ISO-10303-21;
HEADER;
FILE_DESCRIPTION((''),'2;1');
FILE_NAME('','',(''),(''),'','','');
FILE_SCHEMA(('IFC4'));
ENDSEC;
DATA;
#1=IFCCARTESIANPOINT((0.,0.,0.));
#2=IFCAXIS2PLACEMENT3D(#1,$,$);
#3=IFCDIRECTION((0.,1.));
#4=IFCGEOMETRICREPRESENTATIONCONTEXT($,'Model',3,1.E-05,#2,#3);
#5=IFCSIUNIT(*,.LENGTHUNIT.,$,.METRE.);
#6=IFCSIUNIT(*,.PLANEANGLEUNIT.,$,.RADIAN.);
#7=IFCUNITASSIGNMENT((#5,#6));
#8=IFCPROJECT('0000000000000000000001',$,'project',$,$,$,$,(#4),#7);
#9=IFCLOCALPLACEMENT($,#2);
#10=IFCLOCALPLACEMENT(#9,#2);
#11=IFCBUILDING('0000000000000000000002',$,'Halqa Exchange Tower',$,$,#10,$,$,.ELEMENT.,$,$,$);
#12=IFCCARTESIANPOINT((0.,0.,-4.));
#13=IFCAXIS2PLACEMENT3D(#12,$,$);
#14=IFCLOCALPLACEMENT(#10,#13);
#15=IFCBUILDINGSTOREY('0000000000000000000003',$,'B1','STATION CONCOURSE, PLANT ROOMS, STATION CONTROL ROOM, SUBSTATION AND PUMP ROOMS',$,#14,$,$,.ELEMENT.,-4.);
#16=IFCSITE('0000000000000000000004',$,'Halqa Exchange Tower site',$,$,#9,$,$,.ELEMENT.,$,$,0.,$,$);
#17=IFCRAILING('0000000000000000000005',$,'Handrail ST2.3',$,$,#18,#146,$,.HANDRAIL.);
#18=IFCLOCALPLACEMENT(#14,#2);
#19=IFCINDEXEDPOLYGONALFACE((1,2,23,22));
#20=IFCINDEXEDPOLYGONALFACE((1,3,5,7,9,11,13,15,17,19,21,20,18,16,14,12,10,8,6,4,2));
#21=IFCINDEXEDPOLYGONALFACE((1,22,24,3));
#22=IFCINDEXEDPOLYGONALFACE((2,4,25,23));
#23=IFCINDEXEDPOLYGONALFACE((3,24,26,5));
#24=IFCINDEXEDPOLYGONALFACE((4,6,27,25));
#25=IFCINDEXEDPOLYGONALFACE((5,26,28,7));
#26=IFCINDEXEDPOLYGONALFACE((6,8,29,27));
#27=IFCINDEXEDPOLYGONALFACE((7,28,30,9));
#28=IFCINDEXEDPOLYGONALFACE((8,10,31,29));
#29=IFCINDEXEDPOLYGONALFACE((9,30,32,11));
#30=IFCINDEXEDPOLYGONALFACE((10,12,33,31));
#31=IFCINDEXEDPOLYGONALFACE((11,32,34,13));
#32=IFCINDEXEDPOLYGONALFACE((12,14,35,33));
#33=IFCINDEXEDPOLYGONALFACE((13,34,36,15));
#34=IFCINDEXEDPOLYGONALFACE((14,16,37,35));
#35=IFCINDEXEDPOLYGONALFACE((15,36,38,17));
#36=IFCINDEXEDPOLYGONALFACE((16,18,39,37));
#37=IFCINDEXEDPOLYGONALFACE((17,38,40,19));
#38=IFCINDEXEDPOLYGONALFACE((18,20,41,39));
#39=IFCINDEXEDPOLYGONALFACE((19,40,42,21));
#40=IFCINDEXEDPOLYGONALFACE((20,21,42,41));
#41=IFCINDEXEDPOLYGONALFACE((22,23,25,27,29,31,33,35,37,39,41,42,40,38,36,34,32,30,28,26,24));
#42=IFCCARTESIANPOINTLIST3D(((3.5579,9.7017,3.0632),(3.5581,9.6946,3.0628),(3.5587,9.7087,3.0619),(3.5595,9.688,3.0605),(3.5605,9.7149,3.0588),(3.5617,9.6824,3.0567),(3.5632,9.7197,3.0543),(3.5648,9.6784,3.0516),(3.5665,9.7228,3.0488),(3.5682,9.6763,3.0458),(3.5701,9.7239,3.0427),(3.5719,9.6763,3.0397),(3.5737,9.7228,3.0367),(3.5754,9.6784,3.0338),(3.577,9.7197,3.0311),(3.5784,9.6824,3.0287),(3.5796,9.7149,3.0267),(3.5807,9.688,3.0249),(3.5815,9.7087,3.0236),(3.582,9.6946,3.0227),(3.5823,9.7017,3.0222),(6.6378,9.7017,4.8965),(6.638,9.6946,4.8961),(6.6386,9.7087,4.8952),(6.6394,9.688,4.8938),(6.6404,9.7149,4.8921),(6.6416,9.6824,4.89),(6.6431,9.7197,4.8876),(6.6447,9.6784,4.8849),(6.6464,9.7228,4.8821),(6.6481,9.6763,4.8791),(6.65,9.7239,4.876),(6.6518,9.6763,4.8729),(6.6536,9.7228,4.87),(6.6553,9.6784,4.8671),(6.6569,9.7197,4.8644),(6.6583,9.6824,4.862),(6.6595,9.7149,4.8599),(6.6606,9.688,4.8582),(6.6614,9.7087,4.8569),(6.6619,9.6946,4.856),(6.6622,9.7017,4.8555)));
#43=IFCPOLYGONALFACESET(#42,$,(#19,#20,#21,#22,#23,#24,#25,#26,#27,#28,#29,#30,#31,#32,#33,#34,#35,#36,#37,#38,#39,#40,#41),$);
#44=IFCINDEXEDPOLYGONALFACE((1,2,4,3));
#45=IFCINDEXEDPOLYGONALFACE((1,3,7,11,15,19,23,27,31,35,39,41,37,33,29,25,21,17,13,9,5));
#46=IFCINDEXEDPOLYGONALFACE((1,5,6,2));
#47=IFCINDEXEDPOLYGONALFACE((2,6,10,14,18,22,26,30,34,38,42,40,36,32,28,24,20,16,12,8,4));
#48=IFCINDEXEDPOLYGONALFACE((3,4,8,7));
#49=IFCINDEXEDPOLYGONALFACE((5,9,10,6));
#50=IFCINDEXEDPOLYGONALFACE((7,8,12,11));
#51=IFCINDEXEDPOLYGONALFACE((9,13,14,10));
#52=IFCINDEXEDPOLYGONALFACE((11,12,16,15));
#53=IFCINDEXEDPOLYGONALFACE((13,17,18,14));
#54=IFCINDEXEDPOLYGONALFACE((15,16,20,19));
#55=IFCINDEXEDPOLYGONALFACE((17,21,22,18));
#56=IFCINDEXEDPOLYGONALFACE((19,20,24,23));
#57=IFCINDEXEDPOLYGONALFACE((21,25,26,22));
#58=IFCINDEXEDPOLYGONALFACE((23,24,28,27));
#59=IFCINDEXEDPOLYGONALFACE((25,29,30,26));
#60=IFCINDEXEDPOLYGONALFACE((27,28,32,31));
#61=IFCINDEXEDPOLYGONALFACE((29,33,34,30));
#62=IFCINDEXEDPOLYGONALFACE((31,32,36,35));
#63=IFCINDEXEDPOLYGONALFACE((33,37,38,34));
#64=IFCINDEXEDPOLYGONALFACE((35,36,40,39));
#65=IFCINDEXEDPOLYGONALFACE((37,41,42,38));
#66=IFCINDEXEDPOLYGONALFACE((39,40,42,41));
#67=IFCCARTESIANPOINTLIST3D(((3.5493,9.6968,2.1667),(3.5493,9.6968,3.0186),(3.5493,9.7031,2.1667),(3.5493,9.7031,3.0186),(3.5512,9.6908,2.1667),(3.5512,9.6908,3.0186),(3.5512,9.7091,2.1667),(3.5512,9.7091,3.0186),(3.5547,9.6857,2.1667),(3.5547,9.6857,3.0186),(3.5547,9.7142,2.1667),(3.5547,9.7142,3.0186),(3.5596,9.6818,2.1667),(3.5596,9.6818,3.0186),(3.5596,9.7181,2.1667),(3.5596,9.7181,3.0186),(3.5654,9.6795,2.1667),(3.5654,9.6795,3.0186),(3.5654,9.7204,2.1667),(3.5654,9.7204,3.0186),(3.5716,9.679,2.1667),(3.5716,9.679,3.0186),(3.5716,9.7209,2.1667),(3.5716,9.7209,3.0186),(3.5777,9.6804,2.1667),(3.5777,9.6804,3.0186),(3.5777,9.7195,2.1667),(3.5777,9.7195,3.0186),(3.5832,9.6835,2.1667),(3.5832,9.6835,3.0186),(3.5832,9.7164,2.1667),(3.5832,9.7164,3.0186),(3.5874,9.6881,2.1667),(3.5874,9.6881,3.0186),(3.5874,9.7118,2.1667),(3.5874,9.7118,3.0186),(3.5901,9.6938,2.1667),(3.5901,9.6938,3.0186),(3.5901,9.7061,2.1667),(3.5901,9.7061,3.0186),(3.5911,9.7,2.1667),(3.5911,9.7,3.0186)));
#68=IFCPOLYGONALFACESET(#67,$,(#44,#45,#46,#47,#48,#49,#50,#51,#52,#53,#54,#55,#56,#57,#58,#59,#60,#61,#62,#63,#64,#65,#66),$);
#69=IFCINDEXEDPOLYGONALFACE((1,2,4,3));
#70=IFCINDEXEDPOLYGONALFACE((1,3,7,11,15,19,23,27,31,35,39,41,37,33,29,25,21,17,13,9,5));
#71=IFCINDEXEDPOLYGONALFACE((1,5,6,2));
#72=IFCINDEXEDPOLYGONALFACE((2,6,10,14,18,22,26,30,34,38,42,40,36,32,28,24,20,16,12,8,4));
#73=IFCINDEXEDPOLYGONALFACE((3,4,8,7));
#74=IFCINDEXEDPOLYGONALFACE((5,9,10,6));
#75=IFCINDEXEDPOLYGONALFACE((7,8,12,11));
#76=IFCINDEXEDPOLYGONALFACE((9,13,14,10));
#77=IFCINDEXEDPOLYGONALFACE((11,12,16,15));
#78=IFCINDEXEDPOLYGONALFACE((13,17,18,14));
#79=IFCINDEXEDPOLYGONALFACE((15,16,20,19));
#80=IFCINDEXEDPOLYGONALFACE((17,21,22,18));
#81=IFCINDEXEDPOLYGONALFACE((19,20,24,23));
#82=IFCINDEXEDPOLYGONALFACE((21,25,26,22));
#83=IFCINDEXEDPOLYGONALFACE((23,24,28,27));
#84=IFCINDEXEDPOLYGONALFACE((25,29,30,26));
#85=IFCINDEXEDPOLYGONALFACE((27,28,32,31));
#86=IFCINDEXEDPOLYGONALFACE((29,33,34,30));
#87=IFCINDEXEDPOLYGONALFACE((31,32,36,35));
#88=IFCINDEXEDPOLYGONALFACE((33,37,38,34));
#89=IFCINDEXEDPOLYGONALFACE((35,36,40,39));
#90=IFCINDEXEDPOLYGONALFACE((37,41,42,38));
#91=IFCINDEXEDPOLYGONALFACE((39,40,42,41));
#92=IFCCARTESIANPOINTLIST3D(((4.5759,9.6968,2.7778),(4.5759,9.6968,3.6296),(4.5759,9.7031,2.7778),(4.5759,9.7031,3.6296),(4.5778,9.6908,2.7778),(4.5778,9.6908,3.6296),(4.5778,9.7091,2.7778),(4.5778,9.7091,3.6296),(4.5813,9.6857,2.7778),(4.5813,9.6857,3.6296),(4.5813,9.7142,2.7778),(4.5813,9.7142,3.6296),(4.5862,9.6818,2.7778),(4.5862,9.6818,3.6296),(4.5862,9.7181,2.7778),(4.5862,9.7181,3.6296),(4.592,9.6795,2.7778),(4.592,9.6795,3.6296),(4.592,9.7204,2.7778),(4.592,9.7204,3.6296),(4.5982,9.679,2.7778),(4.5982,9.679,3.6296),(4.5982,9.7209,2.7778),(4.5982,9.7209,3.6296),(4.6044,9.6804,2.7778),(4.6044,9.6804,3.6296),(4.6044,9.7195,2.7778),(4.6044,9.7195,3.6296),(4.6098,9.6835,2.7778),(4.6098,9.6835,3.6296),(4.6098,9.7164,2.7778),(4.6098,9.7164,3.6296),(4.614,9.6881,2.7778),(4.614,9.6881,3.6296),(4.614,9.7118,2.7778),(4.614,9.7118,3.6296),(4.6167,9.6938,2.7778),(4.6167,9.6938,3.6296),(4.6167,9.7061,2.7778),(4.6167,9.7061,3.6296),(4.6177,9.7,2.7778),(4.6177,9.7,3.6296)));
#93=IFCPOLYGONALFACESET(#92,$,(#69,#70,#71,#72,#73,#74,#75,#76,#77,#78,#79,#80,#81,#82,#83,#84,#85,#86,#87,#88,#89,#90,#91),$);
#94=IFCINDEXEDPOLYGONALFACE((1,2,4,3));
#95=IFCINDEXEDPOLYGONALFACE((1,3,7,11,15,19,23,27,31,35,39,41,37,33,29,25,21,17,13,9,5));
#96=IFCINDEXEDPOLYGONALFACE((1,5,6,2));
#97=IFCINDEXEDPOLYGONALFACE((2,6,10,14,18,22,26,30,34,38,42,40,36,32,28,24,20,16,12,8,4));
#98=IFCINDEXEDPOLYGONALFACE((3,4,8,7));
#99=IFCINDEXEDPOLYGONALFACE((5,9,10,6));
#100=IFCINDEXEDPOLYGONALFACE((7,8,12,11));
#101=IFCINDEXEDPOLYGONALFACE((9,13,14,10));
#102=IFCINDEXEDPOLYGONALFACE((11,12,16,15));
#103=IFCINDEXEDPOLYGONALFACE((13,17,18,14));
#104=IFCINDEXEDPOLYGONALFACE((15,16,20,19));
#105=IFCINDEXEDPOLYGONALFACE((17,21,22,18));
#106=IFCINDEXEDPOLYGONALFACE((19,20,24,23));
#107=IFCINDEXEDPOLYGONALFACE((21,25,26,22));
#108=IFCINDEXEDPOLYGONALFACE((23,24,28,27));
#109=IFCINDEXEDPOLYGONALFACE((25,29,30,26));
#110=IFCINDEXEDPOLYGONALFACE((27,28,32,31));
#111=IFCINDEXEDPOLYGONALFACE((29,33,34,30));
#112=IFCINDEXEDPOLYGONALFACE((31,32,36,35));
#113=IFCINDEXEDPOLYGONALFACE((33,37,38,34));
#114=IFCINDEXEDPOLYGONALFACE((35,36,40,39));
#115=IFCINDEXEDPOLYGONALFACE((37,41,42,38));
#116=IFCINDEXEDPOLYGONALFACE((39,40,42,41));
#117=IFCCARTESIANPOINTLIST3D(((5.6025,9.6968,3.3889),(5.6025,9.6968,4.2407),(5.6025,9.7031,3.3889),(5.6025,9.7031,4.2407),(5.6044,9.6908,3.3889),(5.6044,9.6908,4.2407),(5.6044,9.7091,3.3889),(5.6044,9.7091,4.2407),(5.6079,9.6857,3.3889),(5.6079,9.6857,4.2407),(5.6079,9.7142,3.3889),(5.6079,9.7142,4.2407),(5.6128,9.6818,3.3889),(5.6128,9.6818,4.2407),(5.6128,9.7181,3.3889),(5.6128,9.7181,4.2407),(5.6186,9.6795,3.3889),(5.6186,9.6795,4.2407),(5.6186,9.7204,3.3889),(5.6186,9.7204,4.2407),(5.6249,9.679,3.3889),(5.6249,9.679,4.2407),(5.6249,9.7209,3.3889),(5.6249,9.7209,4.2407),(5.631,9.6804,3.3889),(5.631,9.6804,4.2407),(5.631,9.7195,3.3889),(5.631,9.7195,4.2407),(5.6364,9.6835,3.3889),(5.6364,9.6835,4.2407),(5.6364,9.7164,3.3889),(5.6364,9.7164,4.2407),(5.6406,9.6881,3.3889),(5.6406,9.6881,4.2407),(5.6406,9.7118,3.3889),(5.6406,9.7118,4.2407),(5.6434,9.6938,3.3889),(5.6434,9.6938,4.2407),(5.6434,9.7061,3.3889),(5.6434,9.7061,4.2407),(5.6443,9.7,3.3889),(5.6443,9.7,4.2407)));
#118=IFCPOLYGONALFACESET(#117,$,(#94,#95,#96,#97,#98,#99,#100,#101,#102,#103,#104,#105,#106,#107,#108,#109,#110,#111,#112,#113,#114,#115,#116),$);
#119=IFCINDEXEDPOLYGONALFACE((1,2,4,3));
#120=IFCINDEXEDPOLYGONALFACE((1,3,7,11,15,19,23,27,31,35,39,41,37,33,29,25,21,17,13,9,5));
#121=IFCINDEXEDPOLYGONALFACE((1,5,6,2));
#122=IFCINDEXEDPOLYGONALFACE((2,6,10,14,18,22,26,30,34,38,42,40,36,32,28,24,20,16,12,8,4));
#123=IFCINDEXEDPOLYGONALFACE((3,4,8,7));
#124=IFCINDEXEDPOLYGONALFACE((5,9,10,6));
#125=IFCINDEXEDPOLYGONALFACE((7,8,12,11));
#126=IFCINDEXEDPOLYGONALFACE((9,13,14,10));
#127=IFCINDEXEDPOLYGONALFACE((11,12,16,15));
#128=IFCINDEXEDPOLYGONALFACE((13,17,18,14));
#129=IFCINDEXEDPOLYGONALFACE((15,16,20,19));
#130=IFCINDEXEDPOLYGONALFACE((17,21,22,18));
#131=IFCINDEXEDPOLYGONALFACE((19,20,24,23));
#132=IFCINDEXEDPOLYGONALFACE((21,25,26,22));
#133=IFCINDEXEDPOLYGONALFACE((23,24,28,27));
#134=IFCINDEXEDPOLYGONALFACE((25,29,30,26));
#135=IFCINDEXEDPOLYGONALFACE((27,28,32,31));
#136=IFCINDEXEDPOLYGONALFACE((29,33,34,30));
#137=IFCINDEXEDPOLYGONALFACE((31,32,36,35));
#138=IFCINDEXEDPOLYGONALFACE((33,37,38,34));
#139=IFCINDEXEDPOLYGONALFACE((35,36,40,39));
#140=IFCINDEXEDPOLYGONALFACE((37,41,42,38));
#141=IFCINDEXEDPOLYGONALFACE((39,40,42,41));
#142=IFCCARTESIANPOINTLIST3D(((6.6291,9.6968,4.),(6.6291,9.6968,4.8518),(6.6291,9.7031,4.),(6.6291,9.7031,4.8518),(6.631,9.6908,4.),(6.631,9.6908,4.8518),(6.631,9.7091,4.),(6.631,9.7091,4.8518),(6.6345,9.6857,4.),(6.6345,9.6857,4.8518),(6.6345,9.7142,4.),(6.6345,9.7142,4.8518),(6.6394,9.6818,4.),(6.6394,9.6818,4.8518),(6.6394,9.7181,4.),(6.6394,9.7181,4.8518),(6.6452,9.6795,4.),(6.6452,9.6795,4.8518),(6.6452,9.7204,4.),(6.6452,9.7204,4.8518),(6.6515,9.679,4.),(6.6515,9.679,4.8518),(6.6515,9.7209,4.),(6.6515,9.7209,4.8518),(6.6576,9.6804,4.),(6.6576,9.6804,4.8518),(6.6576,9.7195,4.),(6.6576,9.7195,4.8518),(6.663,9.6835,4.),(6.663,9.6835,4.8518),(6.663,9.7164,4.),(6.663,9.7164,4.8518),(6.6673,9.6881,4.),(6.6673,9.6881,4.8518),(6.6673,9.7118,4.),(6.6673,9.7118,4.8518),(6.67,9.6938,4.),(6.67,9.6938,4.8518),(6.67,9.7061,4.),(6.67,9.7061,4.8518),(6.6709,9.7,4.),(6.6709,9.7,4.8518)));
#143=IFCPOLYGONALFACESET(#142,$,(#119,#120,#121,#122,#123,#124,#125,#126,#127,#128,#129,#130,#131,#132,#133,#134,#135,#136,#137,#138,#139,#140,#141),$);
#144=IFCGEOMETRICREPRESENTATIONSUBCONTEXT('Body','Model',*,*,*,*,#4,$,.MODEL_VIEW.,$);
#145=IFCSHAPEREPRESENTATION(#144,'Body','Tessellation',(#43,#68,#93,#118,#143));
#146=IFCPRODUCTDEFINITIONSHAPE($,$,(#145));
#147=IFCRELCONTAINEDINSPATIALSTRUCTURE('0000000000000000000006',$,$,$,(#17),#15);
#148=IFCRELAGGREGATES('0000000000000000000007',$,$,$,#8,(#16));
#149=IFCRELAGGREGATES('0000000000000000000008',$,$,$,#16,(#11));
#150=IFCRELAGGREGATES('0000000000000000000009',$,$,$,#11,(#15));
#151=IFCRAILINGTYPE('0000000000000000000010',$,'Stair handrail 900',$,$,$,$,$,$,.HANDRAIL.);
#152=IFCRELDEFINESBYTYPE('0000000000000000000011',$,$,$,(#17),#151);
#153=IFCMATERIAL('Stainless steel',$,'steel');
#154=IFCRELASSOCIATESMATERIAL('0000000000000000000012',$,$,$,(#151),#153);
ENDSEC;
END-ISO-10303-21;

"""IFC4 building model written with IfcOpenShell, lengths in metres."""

from ifc_helpers import new_model, si_unit, direction, frame, origin, origin_2d, place, context, subcontext, project, spatial, circle, extrude, material, type_object, element, save


model = new_model("IFC4")

# Units and contexts
model_context = context("Model", 3, precision=1e-05, world=origin(), true_north=direction((0.0, 1.0)))
body_context = subcontext(model_context, "Body", "Model", "MODEL_VIEW")
ifc_project = project(units=[si_unit("LENGTHUNIT", "METRE"), si_unit("PLANEANGLEUNIT", "RADIAN")], contexts=[model_context])

# Site, building, storey
site_placement = place(None, origin())
site = spatial("IfcSite", under=ifc_project, at=site_placement, Name="Halqa Exchange Tower site", CompositionType="ELEMENT", RefElevation=0.0)
building_placement = place(site_placement, origin())
building = spatial("IfcBuilding", under=site, at=building_placement, Name="Halqa Exchange Tower", CompositionType="ELEMENT")
storey_placement = place(building_placement, frame((0.0, 0.0, -4.0)))
storey = spatial("IfcBuildingStorey", under=building, at=storey_placement, Name="B1", Description="STATION CONCOURSE, PLANT ROOMS, STATION CONTROL ROOM, SUBSTATION AND PUMP ROOMS", CompositionType="ELEMENT", Elevation=-4.0)

# Railing
ifc_material_1 = material(Name="Stainless steel", Category="steel")
railing_type = type_object("IfcRailingType", Name="Stair handrail 900", PredefinedType="HANDRAIL", material=ifc_material_1)
railing_1_placement = place(storey_placement, frame((3.5701, 9.7, 2.1667)))
element("IfcRailing", 1, at=railing_1_placement, inside=storey, type_object=railing_type, Name="Handrail ST2.3", PredefinedType="HANDRAIL", context=body_context, shape_type="SweptSolid", body=[
    extrude(circle(Radius=0.0239, at=origin_2d()), frame((0.0, 0.0, 0.876), z_axis=(0.859291, 0.0, 0.511487), x_axis=(0.0, 1.0, 0.0)), (0.0, 0.0, 1.0), 3.5842),
    extrude(circle(Radius=0.021, at=origin_2d()), origin(), (0.0, 0.0, 1.0), 0.8518),
    extrude(circle(Radius=0.021, at=origin_2d()), frame((1.0266, 0.0, 0.6111)), (0.0, 0.0, 1.0), 0.8518),
    extrude(circle(Radius=0.021, at=origin_2d()), frame((2.0532, 0.0, 1.2222)), (0.0, 0.0, 1.0), 0.8518),
    extrude(circle(Radius=0.021, at=origin_2d()), frame((3.0798, 0.0, 1.8333)), (0.0, 0.0, 1.0), 0.8518),
])

save(model, "model.ifc")
